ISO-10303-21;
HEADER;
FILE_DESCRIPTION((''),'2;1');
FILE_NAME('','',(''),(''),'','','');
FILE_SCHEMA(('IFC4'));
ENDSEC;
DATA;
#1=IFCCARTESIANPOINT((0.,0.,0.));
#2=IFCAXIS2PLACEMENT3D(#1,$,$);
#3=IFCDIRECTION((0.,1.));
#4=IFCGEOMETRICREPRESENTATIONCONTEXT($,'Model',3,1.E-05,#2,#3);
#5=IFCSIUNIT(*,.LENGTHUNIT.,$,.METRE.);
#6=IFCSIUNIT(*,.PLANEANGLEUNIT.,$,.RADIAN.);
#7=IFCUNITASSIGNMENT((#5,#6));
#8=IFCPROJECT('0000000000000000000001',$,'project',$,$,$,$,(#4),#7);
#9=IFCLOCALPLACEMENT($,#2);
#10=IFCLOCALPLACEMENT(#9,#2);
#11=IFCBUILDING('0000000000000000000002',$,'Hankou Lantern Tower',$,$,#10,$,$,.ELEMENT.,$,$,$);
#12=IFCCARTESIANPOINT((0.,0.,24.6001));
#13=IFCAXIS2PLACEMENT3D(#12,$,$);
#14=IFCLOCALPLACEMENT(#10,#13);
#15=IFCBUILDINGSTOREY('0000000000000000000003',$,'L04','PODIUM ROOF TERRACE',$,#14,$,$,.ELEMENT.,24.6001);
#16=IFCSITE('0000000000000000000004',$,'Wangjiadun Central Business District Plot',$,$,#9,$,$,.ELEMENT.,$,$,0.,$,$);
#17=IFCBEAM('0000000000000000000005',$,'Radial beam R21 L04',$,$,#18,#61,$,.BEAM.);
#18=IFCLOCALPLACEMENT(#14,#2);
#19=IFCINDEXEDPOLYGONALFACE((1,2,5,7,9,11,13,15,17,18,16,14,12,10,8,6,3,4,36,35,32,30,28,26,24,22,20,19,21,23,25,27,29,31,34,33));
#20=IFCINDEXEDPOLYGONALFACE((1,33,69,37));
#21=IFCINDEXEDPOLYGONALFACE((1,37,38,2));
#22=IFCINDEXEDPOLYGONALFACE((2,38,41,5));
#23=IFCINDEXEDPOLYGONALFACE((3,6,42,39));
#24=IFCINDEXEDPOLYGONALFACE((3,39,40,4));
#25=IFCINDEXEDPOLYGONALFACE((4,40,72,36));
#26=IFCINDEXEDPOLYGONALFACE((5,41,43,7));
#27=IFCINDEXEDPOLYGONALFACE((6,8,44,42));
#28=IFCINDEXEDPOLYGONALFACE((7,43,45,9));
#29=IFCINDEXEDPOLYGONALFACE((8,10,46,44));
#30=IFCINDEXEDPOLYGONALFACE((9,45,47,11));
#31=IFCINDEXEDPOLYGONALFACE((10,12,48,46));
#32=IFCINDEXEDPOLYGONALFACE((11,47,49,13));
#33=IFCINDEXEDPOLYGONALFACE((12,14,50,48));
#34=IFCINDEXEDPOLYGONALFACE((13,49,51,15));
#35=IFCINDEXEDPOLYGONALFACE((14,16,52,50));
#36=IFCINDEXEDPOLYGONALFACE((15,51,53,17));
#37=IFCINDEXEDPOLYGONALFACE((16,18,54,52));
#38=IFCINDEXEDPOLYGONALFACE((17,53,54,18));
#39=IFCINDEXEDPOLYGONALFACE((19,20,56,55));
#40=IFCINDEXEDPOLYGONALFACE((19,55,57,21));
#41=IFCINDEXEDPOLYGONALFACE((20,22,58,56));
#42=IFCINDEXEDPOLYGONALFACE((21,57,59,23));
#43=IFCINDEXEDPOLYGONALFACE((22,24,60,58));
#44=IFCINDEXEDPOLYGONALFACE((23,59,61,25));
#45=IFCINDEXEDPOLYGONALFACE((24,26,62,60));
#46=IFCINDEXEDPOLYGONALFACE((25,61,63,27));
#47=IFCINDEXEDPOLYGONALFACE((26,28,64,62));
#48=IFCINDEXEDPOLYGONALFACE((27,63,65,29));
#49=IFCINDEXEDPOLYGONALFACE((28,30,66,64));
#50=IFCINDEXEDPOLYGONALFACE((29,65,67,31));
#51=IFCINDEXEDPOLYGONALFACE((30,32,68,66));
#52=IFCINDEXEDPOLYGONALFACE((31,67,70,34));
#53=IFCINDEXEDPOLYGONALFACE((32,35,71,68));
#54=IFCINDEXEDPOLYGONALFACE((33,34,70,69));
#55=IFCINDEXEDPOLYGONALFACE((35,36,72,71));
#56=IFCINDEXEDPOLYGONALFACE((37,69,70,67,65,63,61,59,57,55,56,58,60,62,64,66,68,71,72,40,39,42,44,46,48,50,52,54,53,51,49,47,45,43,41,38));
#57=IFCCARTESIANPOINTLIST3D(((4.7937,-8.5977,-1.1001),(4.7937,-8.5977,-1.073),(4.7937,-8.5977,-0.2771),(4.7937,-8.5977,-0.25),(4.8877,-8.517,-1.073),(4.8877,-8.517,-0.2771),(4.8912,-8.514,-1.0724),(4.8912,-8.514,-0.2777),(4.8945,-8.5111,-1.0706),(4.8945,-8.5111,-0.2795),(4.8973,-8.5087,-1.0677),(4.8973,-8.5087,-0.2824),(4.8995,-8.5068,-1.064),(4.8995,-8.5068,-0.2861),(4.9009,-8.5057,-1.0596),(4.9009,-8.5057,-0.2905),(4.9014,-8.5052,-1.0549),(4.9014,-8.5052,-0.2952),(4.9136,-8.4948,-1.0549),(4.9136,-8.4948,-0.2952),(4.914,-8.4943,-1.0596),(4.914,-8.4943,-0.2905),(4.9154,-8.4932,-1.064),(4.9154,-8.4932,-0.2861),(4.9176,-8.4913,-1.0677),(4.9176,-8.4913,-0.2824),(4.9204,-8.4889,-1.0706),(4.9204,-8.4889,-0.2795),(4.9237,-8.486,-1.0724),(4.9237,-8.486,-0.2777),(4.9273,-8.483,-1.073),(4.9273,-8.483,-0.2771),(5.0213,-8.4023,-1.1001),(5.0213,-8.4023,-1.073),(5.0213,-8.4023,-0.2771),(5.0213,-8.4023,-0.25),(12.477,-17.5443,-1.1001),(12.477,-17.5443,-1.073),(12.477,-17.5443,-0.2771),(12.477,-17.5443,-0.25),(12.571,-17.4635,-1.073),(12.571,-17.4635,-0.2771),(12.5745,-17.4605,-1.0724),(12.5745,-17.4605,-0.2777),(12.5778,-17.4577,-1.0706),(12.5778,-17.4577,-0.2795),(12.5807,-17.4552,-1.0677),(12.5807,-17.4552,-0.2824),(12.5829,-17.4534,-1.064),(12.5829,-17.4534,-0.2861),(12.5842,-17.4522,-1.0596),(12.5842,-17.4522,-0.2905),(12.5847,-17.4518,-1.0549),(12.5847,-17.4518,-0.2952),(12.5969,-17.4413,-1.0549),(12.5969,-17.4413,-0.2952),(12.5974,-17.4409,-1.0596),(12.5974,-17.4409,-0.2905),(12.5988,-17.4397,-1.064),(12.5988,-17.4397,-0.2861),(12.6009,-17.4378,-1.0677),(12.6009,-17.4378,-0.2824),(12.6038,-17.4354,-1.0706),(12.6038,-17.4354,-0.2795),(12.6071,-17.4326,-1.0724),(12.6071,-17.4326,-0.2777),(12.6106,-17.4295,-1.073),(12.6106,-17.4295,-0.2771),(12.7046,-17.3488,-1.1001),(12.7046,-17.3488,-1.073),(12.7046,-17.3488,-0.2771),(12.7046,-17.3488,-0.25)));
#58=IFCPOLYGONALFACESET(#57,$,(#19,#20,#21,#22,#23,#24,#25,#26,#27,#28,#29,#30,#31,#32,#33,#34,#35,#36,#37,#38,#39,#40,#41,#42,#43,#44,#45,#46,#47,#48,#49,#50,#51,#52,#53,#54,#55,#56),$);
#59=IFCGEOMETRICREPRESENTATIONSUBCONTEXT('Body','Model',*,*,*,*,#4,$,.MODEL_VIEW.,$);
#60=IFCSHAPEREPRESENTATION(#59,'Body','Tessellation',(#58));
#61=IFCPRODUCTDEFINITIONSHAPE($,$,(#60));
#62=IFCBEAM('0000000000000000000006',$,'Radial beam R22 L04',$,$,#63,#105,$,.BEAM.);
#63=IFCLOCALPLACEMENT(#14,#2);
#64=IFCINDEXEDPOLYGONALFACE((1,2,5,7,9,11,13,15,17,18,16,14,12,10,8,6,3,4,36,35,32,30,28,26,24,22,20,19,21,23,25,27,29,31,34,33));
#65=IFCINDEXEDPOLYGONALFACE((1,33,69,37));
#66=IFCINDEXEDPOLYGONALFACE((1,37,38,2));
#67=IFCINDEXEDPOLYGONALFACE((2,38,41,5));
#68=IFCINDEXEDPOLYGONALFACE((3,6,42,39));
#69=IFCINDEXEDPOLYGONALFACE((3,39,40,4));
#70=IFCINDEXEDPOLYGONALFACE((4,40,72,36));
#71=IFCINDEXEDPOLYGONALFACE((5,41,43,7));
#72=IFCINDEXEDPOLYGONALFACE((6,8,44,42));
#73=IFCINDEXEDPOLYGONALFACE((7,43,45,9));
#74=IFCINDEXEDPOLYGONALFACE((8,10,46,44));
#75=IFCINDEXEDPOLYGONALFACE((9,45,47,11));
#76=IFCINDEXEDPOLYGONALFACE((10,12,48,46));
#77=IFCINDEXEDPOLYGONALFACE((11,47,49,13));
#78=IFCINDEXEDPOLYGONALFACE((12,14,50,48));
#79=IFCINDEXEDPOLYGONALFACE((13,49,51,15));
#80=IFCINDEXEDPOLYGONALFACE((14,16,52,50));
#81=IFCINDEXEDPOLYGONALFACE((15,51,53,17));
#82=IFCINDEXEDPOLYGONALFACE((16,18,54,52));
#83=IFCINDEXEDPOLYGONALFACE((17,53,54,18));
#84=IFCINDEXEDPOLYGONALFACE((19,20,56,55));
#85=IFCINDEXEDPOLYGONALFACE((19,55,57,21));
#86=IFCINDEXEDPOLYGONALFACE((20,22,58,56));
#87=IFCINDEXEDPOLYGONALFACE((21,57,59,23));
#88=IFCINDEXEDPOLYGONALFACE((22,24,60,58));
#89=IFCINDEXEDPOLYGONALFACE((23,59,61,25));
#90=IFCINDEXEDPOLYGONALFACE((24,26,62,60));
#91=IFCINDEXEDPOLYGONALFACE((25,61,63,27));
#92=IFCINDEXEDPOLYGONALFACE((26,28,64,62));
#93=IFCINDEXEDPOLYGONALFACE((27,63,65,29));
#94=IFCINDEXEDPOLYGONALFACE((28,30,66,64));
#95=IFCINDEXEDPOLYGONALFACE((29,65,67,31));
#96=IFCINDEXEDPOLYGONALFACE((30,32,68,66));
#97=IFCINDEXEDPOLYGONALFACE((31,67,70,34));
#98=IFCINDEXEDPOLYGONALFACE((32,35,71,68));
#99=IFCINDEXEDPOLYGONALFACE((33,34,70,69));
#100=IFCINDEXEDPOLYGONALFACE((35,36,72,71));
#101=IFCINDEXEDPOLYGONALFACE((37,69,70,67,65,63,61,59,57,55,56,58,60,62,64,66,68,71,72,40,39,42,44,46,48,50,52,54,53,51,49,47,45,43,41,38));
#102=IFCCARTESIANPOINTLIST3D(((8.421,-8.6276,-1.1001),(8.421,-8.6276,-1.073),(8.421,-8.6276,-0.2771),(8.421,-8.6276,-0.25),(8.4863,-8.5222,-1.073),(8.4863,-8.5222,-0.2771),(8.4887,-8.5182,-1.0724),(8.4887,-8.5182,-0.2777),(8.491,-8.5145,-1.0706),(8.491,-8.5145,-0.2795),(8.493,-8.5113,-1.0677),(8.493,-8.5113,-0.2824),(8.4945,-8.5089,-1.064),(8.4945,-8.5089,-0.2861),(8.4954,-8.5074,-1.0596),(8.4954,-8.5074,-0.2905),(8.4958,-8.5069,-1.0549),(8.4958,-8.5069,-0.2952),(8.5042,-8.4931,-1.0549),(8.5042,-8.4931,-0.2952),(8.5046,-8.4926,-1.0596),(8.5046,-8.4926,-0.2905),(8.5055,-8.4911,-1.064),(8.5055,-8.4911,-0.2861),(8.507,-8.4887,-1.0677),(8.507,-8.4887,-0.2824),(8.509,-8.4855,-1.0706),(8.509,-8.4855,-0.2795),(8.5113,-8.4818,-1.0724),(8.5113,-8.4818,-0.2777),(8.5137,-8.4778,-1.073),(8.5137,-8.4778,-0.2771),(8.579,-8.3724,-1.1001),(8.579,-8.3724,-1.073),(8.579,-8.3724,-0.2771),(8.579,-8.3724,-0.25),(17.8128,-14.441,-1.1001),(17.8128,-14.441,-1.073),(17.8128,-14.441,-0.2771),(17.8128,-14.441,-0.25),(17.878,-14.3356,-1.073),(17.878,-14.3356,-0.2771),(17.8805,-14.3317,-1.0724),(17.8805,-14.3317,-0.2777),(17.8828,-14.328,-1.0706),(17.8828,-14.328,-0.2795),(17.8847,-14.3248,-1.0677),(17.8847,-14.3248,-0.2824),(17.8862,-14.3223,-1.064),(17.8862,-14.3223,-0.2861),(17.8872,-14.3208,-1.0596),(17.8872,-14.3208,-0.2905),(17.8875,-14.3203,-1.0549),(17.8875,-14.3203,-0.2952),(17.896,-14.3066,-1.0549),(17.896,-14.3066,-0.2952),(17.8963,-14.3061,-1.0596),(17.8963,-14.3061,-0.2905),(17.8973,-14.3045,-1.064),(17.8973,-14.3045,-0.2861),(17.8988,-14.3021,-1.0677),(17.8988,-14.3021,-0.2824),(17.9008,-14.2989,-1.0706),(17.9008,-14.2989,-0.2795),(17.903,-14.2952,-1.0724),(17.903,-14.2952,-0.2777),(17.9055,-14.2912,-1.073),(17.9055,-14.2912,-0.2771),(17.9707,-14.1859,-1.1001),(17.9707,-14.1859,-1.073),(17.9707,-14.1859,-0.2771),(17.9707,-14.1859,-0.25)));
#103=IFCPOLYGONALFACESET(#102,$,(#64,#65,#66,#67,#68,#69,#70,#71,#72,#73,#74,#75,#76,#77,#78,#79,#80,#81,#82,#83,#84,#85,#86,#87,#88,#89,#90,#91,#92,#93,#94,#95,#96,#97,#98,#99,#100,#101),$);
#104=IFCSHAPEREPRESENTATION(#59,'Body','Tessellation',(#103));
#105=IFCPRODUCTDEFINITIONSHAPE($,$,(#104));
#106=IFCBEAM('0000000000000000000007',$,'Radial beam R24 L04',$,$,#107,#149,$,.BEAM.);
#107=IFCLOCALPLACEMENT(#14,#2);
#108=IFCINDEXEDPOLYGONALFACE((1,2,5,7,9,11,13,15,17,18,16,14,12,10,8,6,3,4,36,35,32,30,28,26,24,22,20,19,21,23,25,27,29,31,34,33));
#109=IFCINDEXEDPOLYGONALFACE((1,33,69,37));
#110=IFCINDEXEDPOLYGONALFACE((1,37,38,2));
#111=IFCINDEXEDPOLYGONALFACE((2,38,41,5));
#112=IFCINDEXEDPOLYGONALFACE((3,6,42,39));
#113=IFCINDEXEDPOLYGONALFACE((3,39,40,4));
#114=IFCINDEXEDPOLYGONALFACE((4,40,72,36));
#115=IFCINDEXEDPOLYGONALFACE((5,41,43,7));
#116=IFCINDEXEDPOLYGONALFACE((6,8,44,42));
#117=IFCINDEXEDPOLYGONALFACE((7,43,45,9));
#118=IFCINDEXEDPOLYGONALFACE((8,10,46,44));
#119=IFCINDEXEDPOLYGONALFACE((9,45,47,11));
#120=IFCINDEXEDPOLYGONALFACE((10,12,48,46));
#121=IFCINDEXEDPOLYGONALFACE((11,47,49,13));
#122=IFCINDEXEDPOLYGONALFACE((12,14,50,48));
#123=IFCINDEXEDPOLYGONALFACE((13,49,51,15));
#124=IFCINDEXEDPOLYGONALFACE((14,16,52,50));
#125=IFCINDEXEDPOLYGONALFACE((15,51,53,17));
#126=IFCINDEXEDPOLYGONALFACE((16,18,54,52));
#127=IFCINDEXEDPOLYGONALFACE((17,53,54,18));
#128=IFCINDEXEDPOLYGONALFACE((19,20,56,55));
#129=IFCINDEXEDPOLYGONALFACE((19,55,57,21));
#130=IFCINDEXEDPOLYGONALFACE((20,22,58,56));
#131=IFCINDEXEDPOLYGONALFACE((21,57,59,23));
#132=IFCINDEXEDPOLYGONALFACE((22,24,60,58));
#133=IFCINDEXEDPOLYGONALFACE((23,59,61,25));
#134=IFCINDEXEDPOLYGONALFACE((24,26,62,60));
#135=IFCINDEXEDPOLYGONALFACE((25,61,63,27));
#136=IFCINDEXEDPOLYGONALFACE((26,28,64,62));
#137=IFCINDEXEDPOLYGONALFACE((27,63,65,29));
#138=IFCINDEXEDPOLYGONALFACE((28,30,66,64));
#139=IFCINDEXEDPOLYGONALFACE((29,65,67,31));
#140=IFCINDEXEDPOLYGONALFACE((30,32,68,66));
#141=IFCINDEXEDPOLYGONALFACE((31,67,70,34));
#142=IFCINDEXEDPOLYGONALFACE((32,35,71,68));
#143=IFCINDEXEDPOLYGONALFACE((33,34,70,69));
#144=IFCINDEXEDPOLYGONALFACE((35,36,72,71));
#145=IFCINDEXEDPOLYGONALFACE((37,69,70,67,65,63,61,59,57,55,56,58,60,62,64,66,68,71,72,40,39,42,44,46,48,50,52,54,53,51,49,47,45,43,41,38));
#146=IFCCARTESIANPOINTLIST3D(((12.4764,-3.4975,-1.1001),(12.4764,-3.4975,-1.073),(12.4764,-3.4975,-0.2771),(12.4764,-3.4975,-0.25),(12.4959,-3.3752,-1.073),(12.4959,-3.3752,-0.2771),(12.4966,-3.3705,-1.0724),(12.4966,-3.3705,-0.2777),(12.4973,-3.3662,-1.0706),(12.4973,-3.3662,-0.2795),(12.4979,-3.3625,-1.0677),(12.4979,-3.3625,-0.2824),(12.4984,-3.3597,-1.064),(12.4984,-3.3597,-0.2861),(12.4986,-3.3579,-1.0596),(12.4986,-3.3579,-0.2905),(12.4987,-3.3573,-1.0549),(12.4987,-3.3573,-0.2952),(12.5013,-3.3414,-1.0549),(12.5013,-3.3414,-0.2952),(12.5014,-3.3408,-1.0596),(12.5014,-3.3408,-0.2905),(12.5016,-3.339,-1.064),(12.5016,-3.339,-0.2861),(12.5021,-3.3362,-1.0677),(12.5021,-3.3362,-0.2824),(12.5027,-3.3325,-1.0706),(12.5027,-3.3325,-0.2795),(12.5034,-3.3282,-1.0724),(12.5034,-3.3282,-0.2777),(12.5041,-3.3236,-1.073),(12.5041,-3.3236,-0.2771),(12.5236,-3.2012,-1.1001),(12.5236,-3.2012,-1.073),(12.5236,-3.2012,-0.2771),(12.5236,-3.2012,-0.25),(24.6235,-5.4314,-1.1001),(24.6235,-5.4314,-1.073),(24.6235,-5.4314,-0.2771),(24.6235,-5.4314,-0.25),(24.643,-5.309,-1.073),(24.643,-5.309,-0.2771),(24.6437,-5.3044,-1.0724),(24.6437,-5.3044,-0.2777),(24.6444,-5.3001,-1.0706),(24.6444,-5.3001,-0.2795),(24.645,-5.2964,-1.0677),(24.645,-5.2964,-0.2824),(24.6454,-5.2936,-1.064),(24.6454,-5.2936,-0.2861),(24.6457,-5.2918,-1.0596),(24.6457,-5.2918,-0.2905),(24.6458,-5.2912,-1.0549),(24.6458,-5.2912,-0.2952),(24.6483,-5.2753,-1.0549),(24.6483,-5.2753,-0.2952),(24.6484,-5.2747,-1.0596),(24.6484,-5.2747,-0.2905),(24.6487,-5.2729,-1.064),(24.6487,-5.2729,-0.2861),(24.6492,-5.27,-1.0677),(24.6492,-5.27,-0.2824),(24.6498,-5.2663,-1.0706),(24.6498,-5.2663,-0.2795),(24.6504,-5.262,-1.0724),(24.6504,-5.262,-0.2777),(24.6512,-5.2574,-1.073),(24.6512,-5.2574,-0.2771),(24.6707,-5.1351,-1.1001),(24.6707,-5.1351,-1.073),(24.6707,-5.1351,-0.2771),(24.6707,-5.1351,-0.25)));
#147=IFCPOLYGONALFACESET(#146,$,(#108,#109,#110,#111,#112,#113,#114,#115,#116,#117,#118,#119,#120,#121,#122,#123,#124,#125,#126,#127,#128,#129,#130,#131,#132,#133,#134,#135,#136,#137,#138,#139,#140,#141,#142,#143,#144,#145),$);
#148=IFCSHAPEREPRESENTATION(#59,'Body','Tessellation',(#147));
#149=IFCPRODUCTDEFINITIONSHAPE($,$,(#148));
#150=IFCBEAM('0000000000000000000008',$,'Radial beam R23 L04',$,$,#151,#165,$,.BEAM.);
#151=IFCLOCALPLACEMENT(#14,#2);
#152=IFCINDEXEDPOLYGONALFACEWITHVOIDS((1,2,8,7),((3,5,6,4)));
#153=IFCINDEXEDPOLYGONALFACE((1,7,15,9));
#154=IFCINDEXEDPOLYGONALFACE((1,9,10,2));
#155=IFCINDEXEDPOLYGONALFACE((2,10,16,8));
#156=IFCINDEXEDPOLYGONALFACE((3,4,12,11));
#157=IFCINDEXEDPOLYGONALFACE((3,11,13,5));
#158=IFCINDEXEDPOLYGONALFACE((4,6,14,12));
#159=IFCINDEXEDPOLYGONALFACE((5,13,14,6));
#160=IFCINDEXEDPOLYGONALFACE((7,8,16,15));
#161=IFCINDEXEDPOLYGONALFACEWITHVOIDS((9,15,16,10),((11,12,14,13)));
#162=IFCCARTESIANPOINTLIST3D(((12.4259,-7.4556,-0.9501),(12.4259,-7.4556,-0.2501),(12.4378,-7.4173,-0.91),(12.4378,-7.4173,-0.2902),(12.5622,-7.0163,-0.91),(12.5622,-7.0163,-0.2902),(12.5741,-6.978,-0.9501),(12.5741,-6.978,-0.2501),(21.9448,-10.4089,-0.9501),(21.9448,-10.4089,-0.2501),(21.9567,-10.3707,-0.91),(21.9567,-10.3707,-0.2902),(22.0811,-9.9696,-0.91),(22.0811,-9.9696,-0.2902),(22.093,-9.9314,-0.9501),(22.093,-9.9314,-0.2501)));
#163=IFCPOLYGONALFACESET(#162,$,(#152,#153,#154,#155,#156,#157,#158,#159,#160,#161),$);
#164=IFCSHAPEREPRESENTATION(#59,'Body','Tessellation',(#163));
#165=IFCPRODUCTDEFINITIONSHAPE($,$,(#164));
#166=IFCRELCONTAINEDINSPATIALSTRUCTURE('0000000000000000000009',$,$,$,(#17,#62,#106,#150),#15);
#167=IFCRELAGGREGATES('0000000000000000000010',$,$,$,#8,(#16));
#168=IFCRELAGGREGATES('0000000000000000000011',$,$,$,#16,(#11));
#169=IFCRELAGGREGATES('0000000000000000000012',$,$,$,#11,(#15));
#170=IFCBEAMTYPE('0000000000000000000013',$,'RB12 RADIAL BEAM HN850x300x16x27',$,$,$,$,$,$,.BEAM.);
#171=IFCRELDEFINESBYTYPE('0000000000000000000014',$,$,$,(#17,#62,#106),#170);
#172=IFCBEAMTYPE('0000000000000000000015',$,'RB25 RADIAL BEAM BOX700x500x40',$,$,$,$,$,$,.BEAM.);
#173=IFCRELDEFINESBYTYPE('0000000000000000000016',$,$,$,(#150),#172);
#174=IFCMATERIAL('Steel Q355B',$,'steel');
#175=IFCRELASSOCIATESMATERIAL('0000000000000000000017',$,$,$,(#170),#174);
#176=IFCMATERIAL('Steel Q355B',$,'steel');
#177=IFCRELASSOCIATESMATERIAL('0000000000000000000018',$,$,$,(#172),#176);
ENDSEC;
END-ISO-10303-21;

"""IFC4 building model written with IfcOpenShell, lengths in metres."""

from ifc_helpers import new_model, si_unit, direction, frame, origin, origin_2d, place, context, subcontext, project, spatial, hollow_rectangle, i_section, extrude, material, material_profile, profile_set, type_object, element, save


model = new_model("IFC4")

# Units and contexts
model_context = context("Model", 3, precision=1e-05, world=origin(), true_north=direction((0.0, 1.0)))
body_context = subcontext(model_context, "Body", "Model", "MODEL_VIEW")
ifc_project = project(units=[si_unit("LENGTHUNIT", "METRE"), si_unit("PLANEANGLEUNIT", "RADIAN")], contexts=[model_context])

# Site, building, storey
site_placement = place(None, origin())
site = spatial("IfcSite", under=ifc_project, at=site_placement, Name="Wangjiadun Central Business District Plot", CompositionType="ELEMENT", RefElevation=0.0)
building_placement = place(site_placement, origin())
building = spatial("IfcBuilding", under=site, at=building_placement, Name="Hankou Lantern Tower", CompositionType="ELEMENT")
storey_placement = place(building_placement, frame((0.0, 0.0, 24.6001)))
storey = spatial("IfcBuildingStorey", under=building, at=storey_placement, Name="L04", Description="PODIUM ROOF TERRACE", CompositionType="ELEMENT", Elevation=24.6001)

# Beams
ifc_material_1 = material(Name="Steel Q355B", Category="steel")
ifc_material_profile_1 = material_profile(ifc_material_1, i_section(OverallWidth=0.3, OverallDepth=0.8501, WebThickness=0.0161, FlangeThickness=0.0271, FilletRadius=0.0181, at=origin_2d()), Name="HN850x300x16x27")
ifc_profile_set_1 = profile_set([ifc_material_profile_1], Name="Steel Q355B")
beam_type_1 = type_object("IfcBeamType", Name="RB12 RADIAL BEAM HN850x300x16x27", PredefinedType="BEAM", material=ifc_profile_set_1)
beam_1_placement = place(storey_placement, frame((4.9075, -8.5, -0.675), z_axis=(0.651519, -0.758632, 0.0), x_axis=(0.758632, 0.651519, 0.0)))
element("IfcBeam", 1, at=beam_1_placement, inside=storey, type_object=beam_type_1, Name="Radial beam R21 L04", PredefinedType="BEAM", context=body_context, shape_type="SweptSolid", body=[
    extrude(i_section(OverallWidth=0.3, OverallDepth=0.8501, WebThickness=0.0161, FlangeThickness=0.0271, FilletRadius=0.0181, at=origin_2d()), origin(), (0.0, 0.0, 1.0), 11.793),
])
beam_2_placement = place(storey_placement, frame((8.5, -8.5, -0.675), z_axis=(0.850286, -0.52632, 0.0), x_axis=(0.52632, 0.850286, 0.0)))
element("IfcBeam", 2, at=beam_2_placement, inside=storey, type_object=beam_type_1, Name="Radial beam R22 L04", PredefinedType="BEAM", context=body_context, shape_type="SweptSolid", body=[
    extrude(i_section(OverallWidth=0.3, OverallDepth=0.8501, WebThickness=0.0161, FlangeThickness=0.0271, FilletRadius=0.0181, at=origin_2d()), origin(), (0.0, 0.0, 1.0), 11.0454),
])
beam_3_placement = place(storey_placement, frame((12.5, -3.3494, -0.675), z_axis=(0.987563, -0.157223, 0.0), x_axis=(0.157223, 0.987563, 0.0)))
element("IfcBeam", 3, at=beam_3_placement, inside=storey, type_object=beam_type_1, Name="Radial beam R24 L04", PredefinedType="BEAM", context=body_context, shape_type="SweptSolid", body=[
    extrude(i_section(OverallWidth=0.3, OverallDepth=0.8501, WebThickness=0.0161, FlangeThickness=0.0271, FilletRadius=0.0181, at=origin_2d()), origin(), (0.0, 0.0, 1.0), 12.3),
])
ifc_material_2 = material(Name="Steel Q355B", Category="steel")
ifc_material_profile_2 = material_profile(ifc_material_2, hollow_rectangle(XDim=0.5, YDim=0.7, WallThickness=0.04, at=origin_2d()), Name="BOX700x500x40")
ifc_profile_set_2 = profile_set([ifc_material_profile_2], Name="Steel Q355B")
beam_type_2 = type_object("IfcBeamType", Name="RB25 RADIAL BEAM BOX700x500x40", PredefinedType="BEAM", material=ifc_profile_set_2)
beam_4_placement = place(storey_placement, frame((12.5, -7.2168, -0.6001), z_axis=(0.955087, -0.296324, 0.0), x_axis=(0.296324, 0.955087, 0.0)))
element("IfcBeam", 4, at=beam_4_placement, inside=storey, type_object=beam_type_2, Name="Radial beam R23 L04", PredefinedType="BEAM", context=body_context, shape_type="SweptSolid", body=[
    extrude(hollow_rectangle(XDim=0.5, YDim=0.7, WallThickness=0.04, at=origin_2d()), origin(), (0.0, 0.0, 1.0), 9.9666),
])

save(model, "model.ifc")
